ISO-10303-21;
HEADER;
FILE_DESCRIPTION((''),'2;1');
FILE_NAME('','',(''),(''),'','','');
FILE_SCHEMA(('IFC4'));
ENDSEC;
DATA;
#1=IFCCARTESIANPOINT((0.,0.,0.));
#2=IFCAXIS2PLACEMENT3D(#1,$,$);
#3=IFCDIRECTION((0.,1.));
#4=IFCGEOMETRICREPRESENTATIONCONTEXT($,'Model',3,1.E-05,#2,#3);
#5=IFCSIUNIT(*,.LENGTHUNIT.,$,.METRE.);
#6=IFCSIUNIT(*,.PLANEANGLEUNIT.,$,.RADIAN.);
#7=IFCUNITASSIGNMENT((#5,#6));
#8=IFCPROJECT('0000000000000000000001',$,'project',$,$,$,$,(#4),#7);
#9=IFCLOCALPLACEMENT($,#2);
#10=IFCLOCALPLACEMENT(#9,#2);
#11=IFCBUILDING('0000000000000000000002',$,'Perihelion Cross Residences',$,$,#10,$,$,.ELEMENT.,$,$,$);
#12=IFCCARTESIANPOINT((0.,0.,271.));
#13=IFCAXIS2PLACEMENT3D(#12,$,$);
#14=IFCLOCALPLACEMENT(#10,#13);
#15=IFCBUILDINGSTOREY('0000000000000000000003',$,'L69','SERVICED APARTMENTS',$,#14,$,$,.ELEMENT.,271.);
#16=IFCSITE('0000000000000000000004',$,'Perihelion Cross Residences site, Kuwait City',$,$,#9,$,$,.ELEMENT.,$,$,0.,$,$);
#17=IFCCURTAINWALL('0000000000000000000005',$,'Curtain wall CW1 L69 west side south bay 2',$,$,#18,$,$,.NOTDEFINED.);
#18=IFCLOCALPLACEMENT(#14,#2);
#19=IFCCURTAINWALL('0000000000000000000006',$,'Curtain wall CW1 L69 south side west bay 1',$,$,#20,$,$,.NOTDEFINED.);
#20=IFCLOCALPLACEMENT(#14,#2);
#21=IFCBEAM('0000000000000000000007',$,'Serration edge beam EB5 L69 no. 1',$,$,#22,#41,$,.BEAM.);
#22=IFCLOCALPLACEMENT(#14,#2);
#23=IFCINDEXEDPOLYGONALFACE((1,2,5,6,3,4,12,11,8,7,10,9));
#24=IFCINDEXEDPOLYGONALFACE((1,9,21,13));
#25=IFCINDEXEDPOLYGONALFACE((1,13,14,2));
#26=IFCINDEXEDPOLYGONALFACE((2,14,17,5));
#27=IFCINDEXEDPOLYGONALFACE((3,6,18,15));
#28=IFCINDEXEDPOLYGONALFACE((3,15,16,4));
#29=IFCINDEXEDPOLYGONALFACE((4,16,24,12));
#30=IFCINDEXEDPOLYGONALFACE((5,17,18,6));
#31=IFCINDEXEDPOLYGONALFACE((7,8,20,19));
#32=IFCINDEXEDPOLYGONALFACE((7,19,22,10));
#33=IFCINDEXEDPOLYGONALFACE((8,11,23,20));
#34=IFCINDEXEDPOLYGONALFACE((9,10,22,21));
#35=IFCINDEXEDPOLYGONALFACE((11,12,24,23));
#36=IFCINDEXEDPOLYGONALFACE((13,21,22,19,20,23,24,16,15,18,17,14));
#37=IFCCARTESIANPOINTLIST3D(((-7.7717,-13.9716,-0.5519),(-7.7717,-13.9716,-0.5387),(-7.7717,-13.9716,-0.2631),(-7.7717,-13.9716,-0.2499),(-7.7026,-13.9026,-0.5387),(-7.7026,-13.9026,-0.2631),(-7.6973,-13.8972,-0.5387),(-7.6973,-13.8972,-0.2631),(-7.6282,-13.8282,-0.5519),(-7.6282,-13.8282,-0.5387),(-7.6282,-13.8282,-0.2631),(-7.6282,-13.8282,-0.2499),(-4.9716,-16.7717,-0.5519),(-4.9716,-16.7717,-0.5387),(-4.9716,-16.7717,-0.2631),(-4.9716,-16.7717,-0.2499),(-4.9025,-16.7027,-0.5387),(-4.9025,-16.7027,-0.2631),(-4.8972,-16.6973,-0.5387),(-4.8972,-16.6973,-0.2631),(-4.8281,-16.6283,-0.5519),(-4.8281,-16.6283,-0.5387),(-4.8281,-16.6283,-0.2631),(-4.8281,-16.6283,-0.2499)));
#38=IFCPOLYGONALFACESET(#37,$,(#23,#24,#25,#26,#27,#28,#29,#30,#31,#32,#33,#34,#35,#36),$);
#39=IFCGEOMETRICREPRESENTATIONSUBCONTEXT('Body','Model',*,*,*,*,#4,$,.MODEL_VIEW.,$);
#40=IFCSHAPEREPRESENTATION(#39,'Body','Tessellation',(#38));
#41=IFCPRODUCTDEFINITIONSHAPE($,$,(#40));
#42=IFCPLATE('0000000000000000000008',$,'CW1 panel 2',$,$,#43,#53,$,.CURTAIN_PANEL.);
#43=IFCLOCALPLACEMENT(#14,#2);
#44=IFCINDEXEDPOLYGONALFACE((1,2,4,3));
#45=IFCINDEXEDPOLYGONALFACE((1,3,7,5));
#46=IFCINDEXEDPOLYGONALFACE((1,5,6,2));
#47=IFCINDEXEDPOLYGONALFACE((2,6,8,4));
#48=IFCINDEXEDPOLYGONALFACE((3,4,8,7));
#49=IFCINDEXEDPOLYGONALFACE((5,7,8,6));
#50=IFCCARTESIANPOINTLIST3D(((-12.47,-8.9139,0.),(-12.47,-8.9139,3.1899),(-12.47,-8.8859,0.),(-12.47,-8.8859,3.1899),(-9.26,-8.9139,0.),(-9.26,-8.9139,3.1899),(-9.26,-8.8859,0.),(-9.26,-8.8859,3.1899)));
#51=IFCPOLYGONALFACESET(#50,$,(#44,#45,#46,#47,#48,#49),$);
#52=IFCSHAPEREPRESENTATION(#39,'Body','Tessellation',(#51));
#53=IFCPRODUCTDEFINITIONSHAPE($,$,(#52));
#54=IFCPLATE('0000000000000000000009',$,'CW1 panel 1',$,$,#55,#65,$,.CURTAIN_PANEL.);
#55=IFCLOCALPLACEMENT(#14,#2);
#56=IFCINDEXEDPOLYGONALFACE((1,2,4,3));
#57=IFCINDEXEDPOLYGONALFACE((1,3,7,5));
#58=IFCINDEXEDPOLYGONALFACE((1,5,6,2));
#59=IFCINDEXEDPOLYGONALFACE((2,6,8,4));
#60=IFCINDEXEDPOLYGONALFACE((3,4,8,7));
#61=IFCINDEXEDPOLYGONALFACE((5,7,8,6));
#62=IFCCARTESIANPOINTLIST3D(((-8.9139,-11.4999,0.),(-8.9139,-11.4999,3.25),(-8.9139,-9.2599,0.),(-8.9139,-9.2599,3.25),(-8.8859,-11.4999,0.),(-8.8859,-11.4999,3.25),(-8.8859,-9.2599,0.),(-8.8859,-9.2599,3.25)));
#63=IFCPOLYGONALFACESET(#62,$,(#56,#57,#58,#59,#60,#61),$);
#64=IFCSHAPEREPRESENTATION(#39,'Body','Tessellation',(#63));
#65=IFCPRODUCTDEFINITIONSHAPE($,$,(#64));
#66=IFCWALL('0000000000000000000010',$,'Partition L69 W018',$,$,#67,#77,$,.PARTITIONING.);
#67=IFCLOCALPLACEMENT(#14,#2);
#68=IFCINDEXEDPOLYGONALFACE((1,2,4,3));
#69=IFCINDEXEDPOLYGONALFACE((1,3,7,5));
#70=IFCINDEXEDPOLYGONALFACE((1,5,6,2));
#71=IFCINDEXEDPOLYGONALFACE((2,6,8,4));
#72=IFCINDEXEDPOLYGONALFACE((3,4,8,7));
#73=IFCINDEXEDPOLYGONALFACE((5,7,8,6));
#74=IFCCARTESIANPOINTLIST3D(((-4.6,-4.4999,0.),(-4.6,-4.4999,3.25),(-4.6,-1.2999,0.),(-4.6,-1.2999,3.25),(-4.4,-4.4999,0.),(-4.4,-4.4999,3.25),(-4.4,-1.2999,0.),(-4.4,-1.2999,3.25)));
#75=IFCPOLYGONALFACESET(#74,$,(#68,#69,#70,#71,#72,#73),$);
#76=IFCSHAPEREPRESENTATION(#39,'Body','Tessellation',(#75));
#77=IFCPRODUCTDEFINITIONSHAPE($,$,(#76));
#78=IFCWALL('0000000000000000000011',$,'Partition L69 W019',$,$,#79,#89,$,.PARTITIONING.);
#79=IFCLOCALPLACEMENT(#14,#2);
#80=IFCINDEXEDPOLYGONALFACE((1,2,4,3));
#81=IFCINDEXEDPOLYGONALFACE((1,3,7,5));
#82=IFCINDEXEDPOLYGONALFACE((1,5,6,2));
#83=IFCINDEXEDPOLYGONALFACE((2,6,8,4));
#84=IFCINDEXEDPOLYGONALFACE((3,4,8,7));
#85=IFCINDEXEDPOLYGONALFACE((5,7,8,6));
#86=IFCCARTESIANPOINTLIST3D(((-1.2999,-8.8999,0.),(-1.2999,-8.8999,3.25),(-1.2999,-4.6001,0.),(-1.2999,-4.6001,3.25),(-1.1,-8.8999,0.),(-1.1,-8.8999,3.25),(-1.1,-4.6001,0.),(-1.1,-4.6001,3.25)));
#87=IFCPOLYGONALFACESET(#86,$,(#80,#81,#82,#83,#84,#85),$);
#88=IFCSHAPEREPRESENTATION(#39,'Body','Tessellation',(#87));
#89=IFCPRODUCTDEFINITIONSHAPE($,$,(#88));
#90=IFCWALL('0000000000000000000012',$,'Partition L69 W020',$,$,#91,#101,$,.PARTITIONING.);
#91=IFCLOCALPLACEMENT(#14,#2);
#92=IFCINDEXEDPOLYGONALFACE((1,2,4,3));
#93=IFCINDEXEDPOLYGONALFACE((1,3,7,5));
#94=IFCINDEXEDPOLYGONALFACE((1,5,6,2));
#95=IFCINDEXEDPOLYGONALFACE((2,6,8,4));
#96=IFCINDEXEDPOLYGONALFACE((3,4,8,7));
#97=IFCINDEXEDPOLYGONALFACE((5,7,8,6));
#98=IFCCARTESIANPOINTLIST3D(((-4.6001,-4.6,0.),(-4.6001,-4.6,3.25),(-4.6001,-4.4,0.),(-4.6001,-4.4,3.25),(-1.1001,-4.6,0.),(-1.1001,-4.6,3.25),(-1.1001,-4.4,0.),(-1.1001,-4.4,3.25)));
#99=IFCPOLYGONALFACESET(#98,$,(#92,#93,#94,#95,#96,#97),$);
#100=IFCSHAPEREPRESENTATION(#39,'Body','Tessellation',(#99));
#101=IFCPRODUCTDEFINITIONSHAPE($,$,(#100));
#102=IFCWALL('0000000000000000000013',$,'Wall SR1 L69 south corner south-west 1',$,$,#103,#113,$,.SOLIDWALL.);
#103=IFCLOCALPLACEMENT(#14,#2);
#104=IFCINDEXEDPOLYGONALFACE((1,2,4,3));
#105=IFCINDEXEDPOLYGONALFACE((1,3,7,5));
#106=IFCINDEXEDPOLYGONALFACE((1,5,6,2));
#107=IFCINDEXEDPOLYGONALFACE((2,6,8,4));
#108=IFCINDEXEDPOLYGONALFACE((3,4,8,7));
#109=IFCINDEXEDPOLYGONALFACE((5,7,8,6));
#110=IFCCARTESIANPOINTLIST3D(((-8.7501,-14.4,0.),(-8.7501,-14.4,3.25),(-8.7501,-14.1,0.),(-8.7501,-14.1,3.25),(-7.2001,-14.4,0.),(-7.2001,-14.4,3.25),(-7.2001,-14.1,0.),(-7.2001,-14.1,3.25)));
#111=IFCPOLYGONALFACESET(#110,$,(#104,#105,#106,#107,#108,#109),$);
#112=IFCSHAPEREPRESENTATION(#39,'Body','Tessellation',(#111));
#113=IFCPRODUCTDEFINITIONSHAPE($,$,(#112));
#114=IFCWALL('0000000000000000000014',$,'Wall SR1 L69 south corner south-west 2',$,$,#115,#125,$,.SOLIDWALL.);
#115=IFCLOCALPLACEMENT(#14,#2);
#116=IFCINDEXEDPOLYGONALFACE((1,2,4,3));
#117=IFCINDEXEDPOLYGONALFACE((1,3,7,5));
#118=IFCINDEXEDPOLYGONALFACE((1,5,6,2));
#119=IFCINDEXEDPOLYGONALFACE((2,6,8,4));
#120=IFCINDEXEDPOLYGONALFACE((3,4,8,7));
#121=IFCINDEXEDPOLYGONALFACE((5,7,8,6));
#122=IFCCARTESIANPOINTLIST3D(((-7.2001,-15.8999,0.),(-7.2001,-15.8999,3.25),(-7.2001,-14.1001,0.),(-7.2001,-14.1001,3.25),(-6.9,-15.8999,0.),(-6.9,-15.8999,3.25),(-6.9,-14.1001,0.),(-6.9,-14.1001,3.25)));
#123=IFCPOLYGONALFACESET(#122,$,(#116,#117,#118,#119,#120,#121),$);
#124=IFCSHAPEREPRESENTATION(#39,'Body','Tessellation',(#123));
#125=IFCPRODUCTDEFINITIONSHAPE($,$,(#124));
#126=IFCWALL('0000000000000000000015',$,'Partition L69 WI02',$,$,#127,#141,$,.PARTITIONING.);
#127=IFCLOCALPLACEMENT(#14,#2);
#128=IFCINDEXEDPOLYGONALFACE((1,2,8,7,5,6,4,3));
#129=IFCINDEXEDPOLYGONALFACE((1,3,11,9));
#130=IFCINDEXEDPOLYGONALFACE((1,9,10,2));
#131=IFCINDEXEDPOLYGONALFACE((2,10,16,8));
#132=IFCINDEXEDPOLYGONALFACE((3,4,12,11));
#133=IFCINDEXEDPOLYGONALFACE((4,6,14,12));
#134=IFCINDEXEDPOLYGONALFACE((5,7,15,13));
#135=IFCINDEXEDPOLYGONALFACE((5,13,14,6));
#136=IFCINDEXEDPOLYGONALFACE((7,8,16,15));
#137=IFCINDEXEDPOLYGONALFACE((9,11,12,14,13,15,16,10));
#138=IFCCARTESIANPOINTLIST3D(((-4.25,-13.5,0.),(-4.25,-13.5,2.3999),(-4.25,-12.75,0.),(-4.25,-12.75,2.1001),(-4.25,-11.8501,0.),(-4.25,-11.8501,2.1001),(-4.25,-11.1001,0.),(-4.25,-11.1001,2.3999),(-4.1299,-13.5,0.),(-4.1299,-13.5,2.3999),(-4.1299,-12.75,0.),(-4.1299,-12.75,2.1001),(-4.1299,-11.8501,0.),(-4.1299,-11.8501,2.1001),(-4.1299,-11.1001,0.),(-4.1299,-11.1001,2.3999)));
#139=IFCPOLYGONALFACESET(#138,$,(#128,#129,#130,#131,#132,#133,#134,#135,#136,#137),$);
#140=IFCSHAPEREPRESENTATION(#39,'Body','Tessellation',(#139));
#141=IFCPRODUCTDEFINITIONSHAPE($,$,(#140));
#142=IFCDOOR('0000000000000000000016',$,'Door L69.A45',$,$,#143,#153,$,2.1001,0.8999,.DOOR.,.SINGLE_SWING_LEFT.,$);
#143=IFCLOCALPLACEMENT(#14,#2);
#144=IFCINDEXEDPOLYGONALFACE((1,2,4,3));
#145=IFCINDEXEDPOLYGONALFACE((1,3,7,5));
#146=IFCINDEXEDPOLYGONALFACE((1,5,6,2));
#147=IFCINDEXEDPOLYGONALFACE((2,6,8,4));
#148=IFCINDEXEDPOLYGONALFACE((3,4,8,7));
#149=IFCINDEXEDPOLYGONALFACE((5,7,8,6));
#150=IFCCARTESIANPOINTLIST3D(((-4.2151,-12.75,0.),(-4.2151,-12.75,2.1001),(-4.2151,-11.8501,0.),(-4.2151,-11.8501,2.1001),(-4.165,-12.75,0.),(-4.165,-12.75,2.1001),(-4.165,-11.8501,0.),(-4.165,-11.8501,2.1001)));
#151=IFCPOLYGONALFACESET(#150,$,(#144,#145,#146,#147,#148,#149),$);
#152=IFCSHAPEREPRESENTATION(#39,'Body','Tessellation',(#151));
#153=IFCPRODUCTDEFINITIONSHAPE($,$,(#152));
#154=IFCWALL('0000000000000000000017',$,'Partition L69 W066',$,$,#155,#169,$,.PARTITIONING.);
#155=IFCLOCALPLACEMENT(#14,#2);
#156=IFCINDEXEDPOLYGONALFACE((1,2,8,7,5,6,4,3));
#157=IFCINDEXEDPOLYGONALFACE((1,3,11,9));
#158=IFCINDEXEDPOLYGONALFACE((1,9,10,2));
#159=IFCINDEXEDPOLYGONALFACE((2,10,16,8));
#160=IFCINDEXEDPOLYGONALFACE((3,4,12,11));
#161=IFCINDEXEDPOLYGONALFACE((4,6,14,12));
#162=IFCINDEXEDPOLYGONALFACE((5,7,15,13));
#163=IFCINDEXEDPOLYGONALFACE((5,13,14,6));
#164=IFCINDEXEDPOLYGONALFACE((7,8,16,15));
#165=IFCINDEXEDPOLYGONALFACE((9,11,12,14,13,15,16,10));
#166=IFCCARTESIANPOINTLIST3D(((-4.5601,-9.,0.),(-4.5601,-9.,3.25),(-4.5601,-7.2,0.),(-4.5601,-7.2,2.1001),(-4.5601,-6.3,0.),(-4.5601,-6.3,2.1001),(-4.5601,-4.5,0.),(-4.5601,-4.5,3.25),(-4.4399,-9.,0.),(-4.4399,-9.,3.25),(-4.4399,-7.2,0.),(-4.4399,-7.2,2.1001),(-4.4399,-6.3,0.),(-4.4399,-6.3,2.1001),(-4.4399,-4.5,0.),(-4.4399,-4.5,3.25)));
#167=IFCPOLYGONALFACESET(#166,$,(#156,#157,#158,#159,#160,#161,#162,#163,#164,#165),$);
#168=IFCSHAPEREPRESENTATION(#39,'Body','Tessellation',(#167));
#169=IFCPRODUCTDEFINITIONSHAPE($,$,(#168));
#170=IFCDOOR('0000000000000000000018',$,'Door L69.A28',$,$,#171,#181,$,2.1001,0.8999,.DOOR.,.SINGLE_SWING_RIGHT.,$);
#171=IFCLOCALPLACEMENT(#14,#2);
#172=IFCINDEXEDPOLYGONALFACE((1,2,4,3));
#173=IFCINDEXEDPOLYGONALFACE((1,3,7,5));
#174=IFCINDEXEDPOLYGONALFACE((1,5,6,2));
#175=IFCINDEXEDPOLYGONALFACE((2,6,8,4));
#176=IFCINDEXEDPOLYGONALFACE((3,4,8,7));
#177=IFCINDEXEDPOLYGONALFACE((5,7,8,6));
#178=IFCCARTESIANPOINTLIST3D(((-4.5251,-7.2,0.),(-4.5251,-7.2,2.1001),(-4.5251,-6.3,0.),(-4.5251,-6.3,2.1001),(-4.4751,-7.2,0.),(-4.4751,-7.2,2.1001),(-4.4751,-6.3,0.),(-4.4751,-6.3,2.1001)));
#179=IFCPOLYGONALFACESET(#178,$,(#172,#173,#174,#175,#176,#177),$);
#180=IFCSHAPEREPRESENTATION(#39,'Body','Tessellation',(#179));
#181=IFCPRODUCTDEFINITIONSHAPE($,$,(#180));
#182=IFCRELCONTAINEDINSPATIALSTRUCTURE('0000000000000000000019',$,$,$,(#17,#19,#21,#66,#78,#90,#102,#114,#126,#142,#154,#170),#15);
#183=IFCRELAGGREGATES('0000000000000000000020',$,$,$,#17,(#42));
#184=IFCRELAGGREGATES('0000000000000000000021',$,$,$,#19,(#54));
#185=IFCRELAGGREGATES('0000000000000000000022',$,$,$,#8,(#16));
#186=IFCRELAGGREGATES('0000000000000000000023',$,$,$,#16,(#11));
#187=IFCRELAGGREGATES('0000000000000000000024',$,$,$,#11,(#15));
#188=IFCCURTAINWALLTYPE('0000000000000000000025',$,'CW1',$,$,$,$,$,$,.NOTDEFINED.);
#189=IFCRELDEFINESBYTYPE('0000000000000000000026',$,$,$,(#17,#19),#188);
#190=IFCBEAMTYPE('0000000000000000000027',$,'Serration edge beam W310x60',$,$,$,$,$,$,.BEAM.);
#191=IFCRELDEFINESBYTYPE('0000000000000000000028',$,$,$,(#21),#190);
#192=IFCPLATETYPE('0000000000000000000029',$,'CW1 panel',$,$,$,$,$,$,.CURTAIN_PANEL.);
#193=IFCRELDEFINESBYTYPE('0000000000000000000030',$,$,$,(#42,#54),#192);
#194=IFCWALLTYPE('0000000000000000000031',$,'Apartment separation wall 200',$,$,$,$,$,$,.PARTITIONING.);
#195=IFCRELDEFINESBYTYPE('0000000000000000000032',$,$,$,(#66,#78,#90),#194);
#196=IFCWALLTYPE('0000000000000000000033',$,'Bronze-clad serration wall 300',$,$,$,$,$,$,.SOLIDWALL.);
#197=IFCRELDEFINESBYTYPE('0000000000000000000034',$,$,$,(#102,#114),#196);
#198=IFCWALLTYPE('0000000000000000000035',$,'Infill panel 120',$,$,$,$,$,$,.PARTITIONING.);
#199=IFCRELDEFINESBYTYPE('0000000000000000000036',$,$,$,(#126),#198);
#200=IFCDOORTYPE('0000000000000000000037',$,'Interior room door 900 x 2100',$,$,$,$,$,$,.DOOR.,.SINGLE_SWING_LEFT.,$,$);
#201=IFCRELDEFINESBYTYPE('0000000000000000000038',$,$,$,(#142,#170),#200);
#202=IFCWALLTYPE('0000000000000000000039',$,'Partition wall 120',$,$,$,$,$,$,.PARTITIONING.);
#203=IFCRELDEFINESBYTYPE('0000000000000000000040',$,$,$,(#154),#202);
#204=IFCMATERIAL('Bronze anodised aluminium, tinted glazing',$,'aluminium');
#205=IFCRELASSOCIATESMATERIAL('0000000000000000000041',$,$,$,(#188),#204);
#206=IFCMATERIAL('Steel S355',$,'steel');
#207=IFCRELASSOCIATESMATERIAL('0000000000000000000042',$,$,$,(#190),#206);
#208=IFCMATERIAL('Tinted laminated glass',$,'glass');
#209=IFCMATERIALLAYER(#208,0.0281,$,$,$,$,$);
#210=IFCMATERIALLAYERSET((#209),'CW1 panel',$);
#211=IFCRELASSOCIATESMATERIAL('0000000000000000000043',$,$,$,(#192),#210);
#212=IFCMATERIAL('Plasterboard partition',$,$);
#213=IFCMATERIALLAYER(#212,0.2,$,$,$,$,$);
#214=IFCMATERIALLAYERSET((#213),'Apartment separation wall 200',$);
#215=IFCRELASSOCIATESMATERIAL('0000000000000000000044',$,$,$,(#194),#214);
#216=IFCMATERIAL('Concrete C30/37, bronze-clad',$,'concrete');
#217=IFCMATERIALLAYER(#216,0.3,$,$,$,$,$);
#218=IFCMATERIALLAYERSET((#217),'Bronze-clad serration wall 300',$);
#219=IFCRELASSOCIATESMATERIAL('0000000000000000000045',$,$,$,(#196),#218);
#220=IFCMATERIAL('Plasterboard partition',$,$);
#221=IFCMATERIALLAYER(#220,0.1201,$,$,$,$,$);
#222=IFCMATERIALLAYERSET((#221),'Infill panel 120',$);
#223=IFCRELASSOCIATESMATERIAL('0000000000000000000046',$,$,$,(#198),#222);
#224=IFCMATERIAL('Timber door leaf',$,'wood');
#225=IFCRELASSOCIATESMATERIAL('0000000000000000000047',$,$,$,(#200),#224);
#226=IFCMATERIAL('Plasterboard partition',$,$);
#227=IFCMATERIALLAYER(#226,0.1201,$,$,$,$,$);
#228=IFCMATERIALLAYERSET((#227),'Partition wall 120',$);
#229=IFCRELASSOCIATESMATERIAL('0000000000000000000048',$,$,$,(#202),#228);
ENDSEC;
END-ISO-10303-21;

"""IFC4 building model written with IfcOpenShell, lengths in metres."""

from ifc_helpers import new_model, si_unit, direction, frame, frame_2d, origin, origin_2d, place, context, subcontext, project, spatial, rectangle, i_section, extrude, material, layer, layer_set, material_profile, profile_set, type_object, element, fill, aggregate, save


model = new_model("IFC4")

# Units and contexts
model_context = context("Model", 3, precision=1e-05, world=origin(), true_north=direction((0.0, 1.0)))
body_context = subcontext(model_context, "Body", "Model", "MODEL_VIEW")
ifc_project = project(units=[si_unit("LENGTHUNIT", "METRE"), si_unit("PLANEANGLEUNIT", "RADIAN")], contexts=[model_context])

# Site, building, storey
site_placement = place(None, origin())
site = spatial("IfcSite", under=ifc_project, at=site_placement, Name="Perihelion Cross Residences site, Kuwait City", CompositionType="ELEMENT", RefElevation=0.0)
building_placement = place(site_placement, origin())
building = spatial("IfcBuilding", under=site, at=building_placement, Name="Perihelion Cross Residences", CompositionType="ELEMENT")
storey_placement = place(building_placement, frame((0.0, 0.0, 271.0)))
storey = spatial("IfcBuildingStorey", under=building, at=storey_placement, Name="L69", Description="SERVICED APARTMENTS", CompositionType="ELEMENT", Elevation=271.0)

# Curtain wall
ifc_material_1 = material(Name="Bronze anodised aluminium, tinted glazing", Category="aluminium")
curtain_wall_type = type_object("IfcCurtainWallType", Name="CW1", PredefinedType="NOTDEFINED", material=ifc_material_1)
curtain_wall_1_placement = place(storey_placement, origin())
curtain_wall_1 = element("IfcCurtainWall", 1, at=curtain_wall_1_placement, inside=storey, type_object=curtain_wall_type, Name="Curtain wall CW1 L69 west side south bay 2", PredefinedType="NOTDEFINED")

# Curtain wall
curtain_wall_2_placement = place(storey_placement, origin())
curtain_wall_2 = element("IfcCurtainWall", 2, at=curtain_wall_2_placement, inside=storey, type_object=curtain_wall_type, Name="Curtain wall CW1 L69 south side west bay 1", PredefinedType="NOTDEFINED")

# Beam
ifc_material_2 = material(Name="Steel S355", Category="steel")
ifc_material_profile_1 = material_profile(ifc_material_2, i_section(OverallWidth=0.2029, OverallDepth=0.302, WebThickness=0.0076, FlangeThickness=0.0132, at=origin_2d()), Name="W310x60")
ifc_profile_set_1 = profile_set([ifc_material_profile_1], Name="Steel S355")
beam_type_1 = type_object("IfcBeamType", Name="Serration edge beam W310x60", PredefinedType="BEAM", material=ifc_profile_set_1)
beam_1_placement = place(storey_placement, frame((-7.7, -13.8999, -0.4009), z_axis=(0.707107, -0.707107, 0.0), x_axis=(0.707107, 0.707107, 0.0)))
element("IfcBeam", 3, at=beam_1_placement, inside=storey, type_object=beam_type_1, Name="Serration edge beam EB5 L69 no. 1", PredefinedType="BEAM", context=body_context, shape_type="SweptSolid", body=[
    extrude(i_section(OverallWidth=0.2029, OverallDepth=0.302, WebThickness=0.0076, FlangeThickness=0.0132, at=origin_2d()), origin(), (0.0, 0.0, 1.0), 3.96),
])

# Plates
ifc_material_3 = material(Name="Tinted laminated glass", Category="glass")
ifc_layer_1 = layer(ifc_material_3, 0.0281)
ifc_layer_set_1 = layer_set([ifc_layer_1], Name="CW1 panel")
plate_type = type_object("IfcPlateType", Name="CW1 panel", PredefinedType="CURTAIN_PANEL", material=ifc_layer_set_1)
plate_1_placement = place(storey_placement, frame((-10.865, -8.8999, 0.0), z_axis=(0.0, 0.0, 1.0), x_axis=(1.0, 0.0, 0.0)))
plate_1 = element("IfcPlate", 4, at=plate_1_placement, type_object=plate_type, Name="CW1 panel 2", PredefinedType="CURTAIN_PANEL", context=body_context, shape_type="SweptSolid", body=[
    extrude(rectangle(XDim=3.21, YDim=0.0281, at=origin_2d()), origin(), (0.0, 0.0, 1.0), 3.1899),
])
aggregate(curtain_wall_1, [plate_1])
plate_2_placement = place(storey_placement, frame((-8.8999, -10.3799, 0.0), z_axis=(0.0, 0.0, 1.0), x_axis=(0.0, -1.0, 0.0)))
plate_2 = element("IfcPlate", 5, at=plate_2_placement, type_object=plate_type, Name="CW1 panel 1", PredefinedType="CURTAIN_PANEL", context=body_context, shape_type="SweptSolid", body=[
    extrude(rectangle(XDim=2.24, YDim=0.0281, at=origin_2d()), origin(), (0.0, 0.0, 1.0), 3.25),
])
aggregate(curtain_wall_2, [plate_2])

# Walls
ifc_material_4 = material(Name="Plasterboard partition")
ifc_layer_2 = layer(ifc_material_4, 0.2)
ifc_layer_set_2 = layer_set([ifc_layer_2], Name="Apartment separation wall 200")
wall_type_1 = type_object("IfcWallType", Name="Apartment separation wall 200", PredefinedType="PARTITIONING", material=ifc_layer_set_2)
wall_1_placement = place(storey_placement, frame((-4.5, -4.5, 0.0), z_axis=(0.0, 0.0, 1.0), x_axis=(0.0, 1.0, 0.0)))
element("IfcWall", 6, at=wall_1_placement, inside=storey, type_object=wall_type_1, Name="Partition L69 W018", PredefinedType="PARTITIONING", context=body_context, shape_type="SweptSolid", body=[
    extrude(rectangle(XDim=3.2, YDim=0.2, at=frame_2d((1.6001, 0.0))), origin(), (0.0, 0.0, 1.0), 3.25),
])
wall_2_placement = place(storey_placement, frame((-1.2, -8.8999, 0.0), z_axis=(0.0, 0.0, 1.0), x_axis=(0.0, 1.0, 0.0)))
element("IfcWall", 7, at=wall_2_placement, inside=storey, type_object=wall_type_1, Name="Partition L69 W019", PredefinedType="PARTITIONING", context=body_context, shape_type="SweptSolid", body=[
    extrude(rectangle(XDim=4.2998, YDim=0.2, at=frame_2d((2.1499, 0.0))), origin(), (0.0, 0.0, 1.0), 3.25),
])
wall_3_placement = place(storey_placement, frame((-1.1001, -4.5, 0.0), z_axis=(0.0, 0.0, 1.0), x_axis=(-1.0, 0.0, 0.0)))
element("IfcWall", 8, at=wall_3_placement, inside=storey, type_object=wall_type_1, Name="Partition L69 W020", PredefinedType="PARTITIONING", context=body_context, shape_type="SweptSolid", body=[
    extrude(rectangle(XDim=3.5, YDim=0.2, at=frame_2d((1.75, 0.0))), origin(), (0.0, 0.0, 1.0), 3.25),
])

# Walls
ifc_material_5 = material(Name="Concrete C30/37, bronze-clad", Category="concrete")
ifc_layer_3 = layer(ifc_material_5, 0.3)
ifc_layer_set_3 = layer_set([ifc_layer_3], Name="Bronze-clad serration wall 300")
wall_type_2 = type_object("IfcWallType", Name="Bronze-clad serration wall 300", PredefinedType="SOLIDWALL", material=ifc_layer_set_3)
wall_4_placement = place(storey_placement, frame((-8.75, -14.25, 0.0), z_axis=(0.0, 0.0, 1.0), x_axis=(1.0, 0.0, 0.0)))
element("IfcWall", 9, at=wall_4_placement, inside=storey, type_object=wall_type_2, Name="Wall SR1 L69 south corner south-west 1", PredefinedType="SOLIDWALL", context=body_context, shape_type="SweptSolid", body=[
    extrude(rectangle(XDim=1.55, YDim=0.3, at=frame_2d((0.7749, 0.0))), origin(), (0.0, 0.0, 1.0), 3.25),
])
wall_5_placement = place(storey_placement, frame((-7.05, -14.1001, 0.0), z_axis=(0.0, 0.0, 1.0), x_axis=(0.0, -1.0, 0.0)))
element("IfcWall", 10, at=wall_5_placement, inside=storey, type_object=wall_type_2, Name="Wall SR1 L69 south corner south-west 2", PredefinedType="SOLIDWALL", context=body_context, shape_type="SweptSolid", body=[
    extrude(rectangle(XDim=1.7998, YDim=0.3, at=frame_2d((0.8999, 0.0))), origin(), (0.0, 0.0, 1.0), 3.25),
])

# Walls, openings, doors
ifc_material_6 = material(Name="Plasterboard partition")
ifc_layer_4 = layer(ifc_material_6, 0.1201)
ifc_layer_set_4 = layer_set([ifc_layer_4], Name="Infill panel 120")
wall_type_3 = type_object("IfcWallType", Name="Infill panel 120", PredefinedType="PARTITIONING", material=ifc_layer_set_4)
wall_6_placement = place(storey_placement, frame((-4.1899, -11.1001, 0.0), z_axis=(0.0, 0.0, 1.0), x_axis=(0.0, -1.0, 0.0)))
wall_6 = element("IfcWall", 11, at=wall_6_placement, inside=storey, type_object=wall_type_3, Name="Partition L69 WI02", PredefinedType="PARTITIONING", context=body_context, shape_type="SweptSolid", body=[
    extrude(rectangle(XDim=2.3999, YDim=0.1201, at=frame_2d((1.2, 0.0))), origin(), (0.0, 0.0, 1.0), 2.3999),
])
opening_1_placement = place(wall_6_placement, frame((0.75, 0.0, 0.0)))
opening_1 = element("IfcOpeningElement", 12, at=opening_1_placement, cuts=wall_6, PredefinedType="OPENING", context=body_context, shape_type="SweptSolid", body=[
    extrude(rectangle(XDim=0.8999, YDim=2.1001, at=frame_2d((0.45, 1.05))), frame((0.0, 0.0701, 0.0), z_axis=(0.0, -1.0, 0.0), x_axis=(1.0, 0.0, 0.0)), (0.0, 0.0, 1.0), 0.1401),
])
ifc_material_7 = material(Name="Timber door leaf", Category="wood")
door_type_1 = type_object("IfcDoorType", Name="Interior room door 900 x 2100", OperationType="SINGLE_SWING_LEFT", PredefinedType="DOOR", material=ifc_material_7)
door_1_placement = place(opening_1_placement, origin())
door_1 = element("IfcDoor", 13, at=door_1_placement, inside=storey, type_object=door_type_1, Name="Door L69.A45", OperationType="SINGLE_SWING_LEFT", OverallHeight=2.1001, OverallWidth=0.8999, PredefinedType="DOOR", context=body_context, shape_type="SweptSolid", body=[
    extrude(rectangle(XDim=0.8999, YDim=2.1001, at=frame_2d((0.45, 1.05))), frame((0.0, 0.0249, 0.0), z_axis=(0.0, -1.0, 0.0), x_axis=(1.0, 0.0, 0.0)), (0.0, 0.0, 1.0), 0.05),
])
fill(opening_1, door_1)
ifc_material_8 = material(Name="Plasterboard partition")
ifc_layer_5 = layer(ifc_material_8, 0.1201)
ifc_layer_set_5 = layer_set([ifc_layer_5], Name="Partition wall 120")
wall_type_4 = type_object("IfcWallType", Name="Partition wall 120", PredefinedType="PARTITIONING", material=ifc_layer_set_5)
wall_7_placement = place(storey_placement, frame((-4.5, -4.5, 0.0), z_axis=(0.0, 0.0, 1.0), x_axis=(0.0, -1.0, 0.0)))
wall_7 = element("IfcWall", 14, at=wall_7_placement, inside=storey, type_object=wall_type_4, Name="Partition L69 W066", PredefinedType="PARTITIONING", context=body_context, shape_type="SweptSolid", body=[
    extrude(rectangle(XDim=4.5, YDim=0.1201, at=frame_2d((2.25, 0.0))), origin(), (0.0, 0.0, 1.0), 3.25),
])
opening_2_placement = place(wall_7_placement, frame((1.8, 0.0, 0.0)))
opening_2 = element("IfcOpeningElement", 15, at=opening_2_placement, cuts=wall_7, PredefinedType="OPENING", context=body_context, shape_type="SweptSolid", body=[
    extrude(rectangle(XDim=0.8999, YDim=2.1001, at=frame_2d((0.45, 1.05))), frame((0.0, 0.0701, 0.0), z_axis=(0.0, -1.0, 0.0), x_axis=(1.0, 0.0, 0.0)), (0.0, 0.0, 1.0), 0.1401),
])
door_2_placement = place(opening_2_placement, origin())
door_2 = element("IfcDoor", 16, at=door_2_placement, inside=storey, type_object=door_type_1, Name="Door L69.A28", OperationType="SINGLE_SWING_RIGHT", OverallHeight=2.1001, OverallWidth=0.8999, PredefinedType="DOOR", context=body_context, shape_type="SweptSolid", body=[
    extrude(rectangle(XDim=0.8999, YDim=2.1001, at=frame_2d((0.45, 1.05))), frame((0.0, 0.0249, 0.0), z_axis=(0.0, -1.0, 0.0), x_axis=(1.0, 0.0, 0.0)), (0.0, 0.0, 1.0), 0.05),
])
fill(opening_2, door_2)

save(model, "model.ifc")
